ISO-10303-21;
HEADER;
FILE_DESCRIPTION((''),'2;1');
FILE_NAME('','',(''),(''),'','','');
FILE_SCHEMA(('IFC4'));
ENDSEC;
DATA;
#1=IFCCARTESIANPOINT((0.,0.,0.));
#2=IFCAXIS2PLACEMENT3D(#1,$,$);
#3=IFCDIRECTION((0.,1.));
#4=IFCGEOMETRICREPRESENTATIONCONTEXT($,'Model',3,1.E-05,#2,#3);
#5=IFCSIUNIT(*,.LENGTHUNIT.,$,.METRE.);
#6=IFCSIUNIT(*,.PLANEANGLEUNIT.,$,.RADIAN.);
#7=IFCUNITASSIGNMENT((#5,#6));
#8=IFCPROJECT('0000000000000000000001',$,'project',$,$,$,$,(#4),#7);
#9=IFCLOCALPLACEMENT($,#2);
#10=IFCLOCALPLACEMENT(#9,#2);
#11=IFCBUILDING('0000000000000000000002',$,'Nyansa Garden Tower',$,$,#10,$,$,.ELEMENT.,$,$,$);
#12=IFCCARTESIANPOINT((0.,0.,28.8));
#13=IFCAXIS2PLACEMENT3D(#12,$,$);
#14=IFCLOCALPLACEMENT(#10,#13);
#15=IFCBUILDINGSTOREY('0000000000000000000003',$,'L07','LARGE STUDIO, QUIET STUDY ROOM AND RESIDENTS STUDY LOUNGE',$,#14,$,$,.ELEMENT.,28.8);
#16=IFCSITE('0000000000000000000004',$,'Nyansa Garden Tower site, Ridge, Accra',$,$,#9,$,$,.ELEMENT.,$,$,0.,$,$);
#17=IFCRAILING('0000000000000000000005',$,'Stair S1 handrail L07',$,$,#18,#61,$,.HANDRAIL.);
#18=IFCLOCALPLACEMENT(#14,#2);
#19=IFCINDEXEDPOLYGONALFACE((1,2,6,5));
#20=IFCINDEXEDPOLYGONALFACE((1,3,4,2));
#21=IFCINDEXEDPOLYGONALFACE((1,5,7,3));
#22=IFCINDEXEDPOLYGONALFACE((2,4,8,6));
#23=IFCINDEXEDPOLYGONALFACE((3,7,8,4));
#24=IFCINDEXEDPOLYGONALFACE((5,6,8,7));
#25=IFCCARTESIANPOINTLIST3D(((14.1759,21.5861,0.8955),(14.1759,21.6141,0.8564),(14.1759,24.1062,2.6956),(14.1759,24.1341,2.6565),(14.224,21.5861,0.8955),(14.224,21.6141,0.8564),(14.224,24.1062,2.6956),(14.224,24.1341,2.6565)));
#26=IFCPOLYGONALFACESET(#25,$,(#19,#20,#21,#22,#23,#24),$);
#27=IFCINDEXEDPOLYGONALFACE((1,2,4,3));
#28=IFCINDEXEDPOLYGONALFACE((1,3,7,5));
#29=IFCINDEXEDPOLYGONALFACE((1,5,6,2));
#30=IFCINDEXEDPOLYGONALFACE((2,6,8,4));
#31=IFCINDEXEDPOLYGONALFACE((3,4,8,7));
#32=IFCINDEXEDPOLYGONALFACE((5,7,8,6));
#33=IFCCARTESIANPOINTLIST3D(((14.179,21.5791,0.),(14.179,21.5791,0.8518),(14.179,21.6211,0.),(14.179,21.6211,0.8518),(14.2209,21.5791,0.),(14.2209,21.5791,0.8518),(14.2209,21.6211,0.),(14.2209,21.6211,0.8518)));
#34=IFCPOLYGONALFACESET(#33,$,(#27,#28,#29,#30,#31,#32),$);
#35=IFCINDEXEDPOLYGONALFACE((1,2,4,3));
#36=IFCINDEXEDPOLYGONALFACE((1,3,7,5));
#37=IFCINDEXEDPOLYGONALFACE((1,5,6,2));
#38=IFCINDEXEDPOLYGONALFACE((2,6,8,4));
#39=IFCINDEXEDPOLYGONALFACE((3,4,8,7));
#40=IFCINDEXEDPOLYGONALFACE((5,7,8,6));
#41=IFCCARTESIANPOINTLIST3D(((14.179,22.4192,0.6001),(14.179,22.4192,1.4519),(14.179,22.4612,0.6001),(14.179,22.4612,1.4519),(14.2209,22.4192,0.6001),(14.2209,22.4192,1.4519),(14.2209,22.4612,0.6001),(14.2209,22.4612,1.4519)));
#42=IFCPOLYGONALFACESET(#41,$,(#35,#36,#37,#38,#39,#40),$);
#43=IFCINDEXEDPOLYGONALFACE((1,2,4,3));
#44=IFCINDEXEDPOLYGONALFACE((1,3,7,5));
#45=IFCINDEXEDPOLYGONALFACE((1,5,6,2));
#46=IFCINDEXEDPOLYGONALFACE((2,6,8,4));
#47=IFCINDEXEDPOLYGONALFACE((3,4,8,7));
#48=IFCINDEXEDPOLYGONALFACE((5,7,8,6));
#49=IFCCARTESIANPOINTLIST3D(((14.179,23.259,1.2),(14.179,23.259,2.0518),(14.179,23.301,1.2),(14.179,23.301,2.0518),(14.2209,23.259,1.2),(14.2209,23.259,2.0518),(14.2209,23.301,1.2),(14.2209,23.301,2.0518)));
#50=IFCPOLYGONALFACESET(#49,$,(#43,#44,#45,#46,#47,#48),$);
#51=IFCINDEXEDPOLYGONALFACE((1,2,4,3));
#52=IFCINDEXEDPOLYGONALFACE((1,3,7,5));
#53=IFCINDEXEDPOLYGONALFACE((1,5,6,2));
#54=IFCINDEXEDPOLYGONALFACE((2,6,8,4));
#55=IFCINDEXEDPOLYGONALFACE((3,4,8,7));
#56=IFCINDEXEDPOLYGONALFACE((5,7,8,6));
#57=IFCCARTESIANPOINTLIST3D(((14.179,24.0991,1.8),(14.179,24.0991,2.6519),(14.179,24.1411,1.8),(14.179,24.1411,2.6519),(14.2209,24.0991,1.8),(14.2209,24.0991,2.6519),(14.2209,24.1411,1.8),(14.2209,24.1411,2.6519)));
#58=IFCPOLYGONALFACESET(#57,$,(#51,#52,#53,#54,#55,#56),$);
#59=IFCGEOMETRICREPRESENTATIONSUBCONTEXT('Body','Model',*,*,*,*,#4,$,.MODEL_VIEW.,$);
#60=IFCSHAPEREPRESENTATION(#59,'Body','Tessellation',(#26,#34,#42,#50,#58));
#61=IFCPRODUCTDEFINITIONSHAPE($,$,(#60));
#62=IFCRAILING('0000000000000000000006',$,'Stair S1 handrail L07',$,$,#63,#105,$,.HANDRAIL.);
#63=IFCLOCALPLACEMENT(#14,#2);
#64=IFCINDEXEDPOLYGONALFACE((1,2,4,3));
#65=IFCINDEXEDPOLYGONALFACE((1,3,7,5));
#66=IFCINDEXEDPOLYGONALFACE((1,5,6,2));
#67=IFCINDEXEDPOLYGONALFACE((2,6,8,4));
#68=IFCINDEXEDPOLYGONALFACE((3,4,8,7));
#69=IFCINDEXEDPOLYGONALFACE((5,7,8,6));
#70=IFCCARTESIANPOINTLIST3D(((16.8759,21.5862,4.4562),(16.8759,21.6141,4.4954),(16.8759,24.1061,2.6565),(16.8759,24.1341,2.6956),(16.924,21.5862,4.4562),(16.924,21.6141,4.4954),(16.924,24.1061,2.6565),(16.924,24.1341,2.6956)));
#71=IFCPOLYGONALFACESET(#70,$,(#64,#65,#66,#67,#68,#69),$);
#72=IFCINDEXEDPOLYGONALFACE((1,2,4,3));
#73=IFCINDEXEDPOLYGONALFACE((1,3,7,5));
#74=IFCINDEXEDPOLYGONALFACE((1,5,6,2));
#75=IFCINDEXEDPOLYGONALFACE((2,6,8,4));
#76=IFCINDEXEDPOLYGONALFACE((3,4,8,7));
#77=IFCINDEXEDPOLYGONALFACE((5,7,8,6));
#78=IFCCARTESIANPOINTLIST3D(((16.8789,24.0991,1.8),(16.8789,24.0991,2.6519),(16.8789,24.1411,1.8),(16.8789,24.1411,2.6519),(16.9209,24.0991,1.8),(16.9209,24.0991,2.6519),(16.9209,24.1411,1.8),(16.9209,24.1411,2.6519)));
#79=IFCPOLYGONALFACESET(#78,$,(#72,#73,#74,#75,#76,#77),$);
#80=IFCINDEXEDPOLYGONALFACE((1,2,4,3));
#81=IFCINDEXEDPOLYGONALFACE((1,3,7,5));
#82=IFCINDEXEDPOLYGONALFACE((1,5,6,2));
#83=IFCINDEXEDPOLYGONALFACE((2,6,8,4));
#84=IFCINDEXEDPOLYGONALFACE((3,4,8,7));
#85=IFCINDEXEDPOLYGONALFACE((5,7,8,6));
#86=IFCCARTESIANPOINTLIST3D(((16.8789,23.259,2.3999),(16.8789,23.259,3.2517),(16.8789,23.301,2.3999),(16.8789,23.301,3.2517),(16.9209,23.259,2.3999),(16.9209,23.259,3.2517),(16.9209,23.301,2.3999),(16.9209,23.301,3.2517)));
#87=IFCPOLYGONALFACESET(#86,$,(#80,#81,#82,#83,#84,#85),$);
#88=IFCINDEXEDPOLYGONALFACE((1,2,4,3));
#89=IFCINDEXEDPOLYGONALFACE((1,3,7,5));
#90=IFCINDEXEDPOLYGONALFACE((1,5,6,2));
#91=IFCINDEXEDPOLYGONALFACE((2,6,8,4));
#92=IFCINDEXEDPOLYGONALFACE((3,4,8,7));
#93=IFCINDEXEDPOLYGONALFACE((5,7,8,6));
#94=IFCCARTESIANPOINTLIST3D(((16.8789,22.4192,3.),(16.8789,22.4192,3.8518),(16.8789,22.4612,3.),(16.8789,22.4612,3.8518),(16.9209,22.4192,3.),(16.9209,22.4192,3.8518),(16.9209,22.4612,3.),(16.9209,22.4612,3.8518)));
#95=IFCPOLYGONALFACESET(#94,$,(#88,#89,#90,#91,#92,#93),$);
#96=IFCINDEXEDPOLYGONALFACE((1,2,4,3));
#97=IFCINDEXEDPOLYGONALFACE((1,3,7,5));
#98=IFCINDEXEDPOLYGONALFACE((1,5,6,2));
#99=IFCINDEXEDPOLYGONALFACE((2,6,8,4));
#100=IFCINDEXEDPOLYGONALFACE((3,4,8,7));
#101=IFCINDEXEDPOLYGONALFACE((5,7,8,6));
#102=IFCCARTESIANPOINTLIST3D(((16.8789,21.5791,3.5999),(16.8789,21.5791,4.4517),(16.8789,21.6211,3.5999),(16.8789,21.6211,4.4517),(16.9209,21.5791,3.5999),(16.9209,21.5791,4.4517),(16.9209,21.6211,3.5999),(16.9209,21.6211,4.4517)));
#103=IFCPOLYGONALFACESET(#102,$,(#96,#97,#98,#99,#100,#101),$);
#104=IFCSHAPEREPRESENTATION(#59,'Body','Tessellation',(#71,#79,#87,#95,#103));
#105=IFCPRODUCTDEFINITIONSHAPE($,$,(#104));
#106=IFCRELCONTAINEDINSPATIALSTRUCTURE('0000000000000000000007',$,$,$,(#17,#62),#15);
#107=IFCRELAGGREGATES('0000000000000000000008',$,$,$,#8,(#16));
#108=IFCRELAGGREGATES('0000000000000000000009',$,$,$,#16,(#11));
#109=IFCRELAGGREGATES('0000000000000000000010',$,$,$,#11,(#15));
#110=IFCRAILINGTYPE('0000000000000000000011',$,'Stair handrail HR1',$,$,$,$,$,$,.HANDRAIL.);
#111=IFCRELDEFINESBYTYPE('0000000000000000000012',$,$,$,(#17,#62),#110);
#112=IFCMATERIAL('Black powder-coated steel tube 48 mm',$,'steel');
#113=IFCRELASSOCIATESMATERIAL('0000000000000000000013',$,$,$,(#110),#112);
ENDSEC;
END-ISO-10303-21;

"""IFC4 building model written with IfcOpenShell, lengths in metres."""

from ifc_helpers import new_model, si_unit, direction, frame, origin, origin_2d, place, context, subcontext, project, spatial, rectangle, extrude, material, type_object, element, save


model = new_model("IFC4")

# Units and contexts
model_context = context("Model", 3, precision=1e-05, world=origin(), true_north=direction((0.0, 1.0)))
body_context = subcontext(model_context, "Body", "Model", "MODEL_VIEW")
ifc_project = project(units=[si_unit("LENGTHUNIT", "METRE"), si_unit("PLANEANGLEUNIT", "RADIAN")], contexts=[model_context])

# Site, building, storey
site_placement = place(None, origin())
site = spatial("IfcSite", under=ifc_project, at=site_placement, Name="Nyansa Garden Tower site, Ridge, Accra", CompositionType="ELEMENT", RefElevation=0.0)
building_placement = place(site_placement, origin())
building = spatial("IfcBuilding", under=site, at=building_placement, Name="Nyansa Garden Tower", CompositionType="ELEMENT")
storey_placement = place(building_placement, frame((0.0, 0.0, 28.8)))
storey = spatial("IfcBuildingStorey", under=building, at=storey_placement, Name="L07", Description="LARGE STUDIO, QUIET STUDY ROOM AND RESIDENTS STUDY LOUNGE", CompositionType="ELEMENT", Elevation=28.8)

# Railings
ifc_material_1 = material(Name="Black powder-coated steel tube 48 mm", Category="steel")
railing_type = type_object("IfcRailingType", Name="Stair handrail HR1", PredefinedType="HANDRAIL", material=ifc_material_1)
railing_1_placement = place(storey_placement, frame((14.2, 21.6001, 0.0)))
element("IfcRailing", 1, at=railing_1_placement, inside=storey, type_object=railing_type, Name="Stair S1 handrail L07", PredefinedType="HANDRAIL", context=body_context, shape_type="SweptSolid", body=[
    extrude(rectangle(XDim=0.0481, YDim=0.0481, at=origin_2d()), frame((0.0, 0.0, 0.876), z_axis=(0.0, 0.813728, 0.581246), x_axis=(-1.0, 0.0, 0.0)), (0.0, 0.0, 1.0), 3.0969),
    extrude(rectangle(XDim=0.042, YDim=0.042, at=origin_2d()), origin(), (0.0, 0.0, 1.0), 0.8518),
    extrude(rectangle(XDim=0.042, YDim=0.042, at=origin_2d()), frame((0.0, 0.8401, 0.6001)), (0.0, 0.0, 1.0), 0.8518),
    extrude(rectangle(XDim=0.042, YDim=0.042, at=origin_2d()), frame((0.0, 1.6799, 1.2)), (0.0, 0.0, 1.0), 0.8518),
    extrude(rectangle(XDim=0.042, YDim=0.042, at=origin_2d()), frame((0.0, 2.52, 1.8)), (0.0, 0.0, 1.0), 0.8518),
])
railing_2_placement = place(storey_placement, frame((16.8999, 24.1201, 1.8)))
element("IfcRailing", 2, at=railing_2_placement, inside=storey, type_object=railing_type, Name="Stair S1 handrail L07", PredefinedType="HANDRAIL", context=body_context, shape_type="SweptSolid", body=[
    extrude(rectangle(XDim=0.0481, YDim=0.0481, at=origin_2d()), frame((0.0, 0.0, 0.876), z_axis=(0.0, -0.813765, 0.581193), x_axis=(1.0, 0.0, 0.0)), (0.0, 0.0, 1.0), 3.0967),
    extrude(rectangle(XDim=0.042, YDim=0.042, at=origin_2d()), origin(), (0.0, 0.0, 1.0), 0.8518),
    extrude(rectangle(XDim=0.042, YDim=0.042, at=origin_2d()), frame((0.0, -0.8401, 0.5999)), (0.0, 0.0, 1.0), 0.8518),
    extrude(rectangle(XDim=0.042, YDim=0.042, at=origin_2d()), frame((0.0, -1.6799, 1.2)), (0.0, 0.0, 1.0), 0.8518),
    extrude(rectangle(XDim=0.042, YDim=0.042, at=origin_2d()), frame((0.0, -2.52, 1.7998)), (0.0, 0.0, 1.0), 0.8518),
])

save(model, "model.ifc")
